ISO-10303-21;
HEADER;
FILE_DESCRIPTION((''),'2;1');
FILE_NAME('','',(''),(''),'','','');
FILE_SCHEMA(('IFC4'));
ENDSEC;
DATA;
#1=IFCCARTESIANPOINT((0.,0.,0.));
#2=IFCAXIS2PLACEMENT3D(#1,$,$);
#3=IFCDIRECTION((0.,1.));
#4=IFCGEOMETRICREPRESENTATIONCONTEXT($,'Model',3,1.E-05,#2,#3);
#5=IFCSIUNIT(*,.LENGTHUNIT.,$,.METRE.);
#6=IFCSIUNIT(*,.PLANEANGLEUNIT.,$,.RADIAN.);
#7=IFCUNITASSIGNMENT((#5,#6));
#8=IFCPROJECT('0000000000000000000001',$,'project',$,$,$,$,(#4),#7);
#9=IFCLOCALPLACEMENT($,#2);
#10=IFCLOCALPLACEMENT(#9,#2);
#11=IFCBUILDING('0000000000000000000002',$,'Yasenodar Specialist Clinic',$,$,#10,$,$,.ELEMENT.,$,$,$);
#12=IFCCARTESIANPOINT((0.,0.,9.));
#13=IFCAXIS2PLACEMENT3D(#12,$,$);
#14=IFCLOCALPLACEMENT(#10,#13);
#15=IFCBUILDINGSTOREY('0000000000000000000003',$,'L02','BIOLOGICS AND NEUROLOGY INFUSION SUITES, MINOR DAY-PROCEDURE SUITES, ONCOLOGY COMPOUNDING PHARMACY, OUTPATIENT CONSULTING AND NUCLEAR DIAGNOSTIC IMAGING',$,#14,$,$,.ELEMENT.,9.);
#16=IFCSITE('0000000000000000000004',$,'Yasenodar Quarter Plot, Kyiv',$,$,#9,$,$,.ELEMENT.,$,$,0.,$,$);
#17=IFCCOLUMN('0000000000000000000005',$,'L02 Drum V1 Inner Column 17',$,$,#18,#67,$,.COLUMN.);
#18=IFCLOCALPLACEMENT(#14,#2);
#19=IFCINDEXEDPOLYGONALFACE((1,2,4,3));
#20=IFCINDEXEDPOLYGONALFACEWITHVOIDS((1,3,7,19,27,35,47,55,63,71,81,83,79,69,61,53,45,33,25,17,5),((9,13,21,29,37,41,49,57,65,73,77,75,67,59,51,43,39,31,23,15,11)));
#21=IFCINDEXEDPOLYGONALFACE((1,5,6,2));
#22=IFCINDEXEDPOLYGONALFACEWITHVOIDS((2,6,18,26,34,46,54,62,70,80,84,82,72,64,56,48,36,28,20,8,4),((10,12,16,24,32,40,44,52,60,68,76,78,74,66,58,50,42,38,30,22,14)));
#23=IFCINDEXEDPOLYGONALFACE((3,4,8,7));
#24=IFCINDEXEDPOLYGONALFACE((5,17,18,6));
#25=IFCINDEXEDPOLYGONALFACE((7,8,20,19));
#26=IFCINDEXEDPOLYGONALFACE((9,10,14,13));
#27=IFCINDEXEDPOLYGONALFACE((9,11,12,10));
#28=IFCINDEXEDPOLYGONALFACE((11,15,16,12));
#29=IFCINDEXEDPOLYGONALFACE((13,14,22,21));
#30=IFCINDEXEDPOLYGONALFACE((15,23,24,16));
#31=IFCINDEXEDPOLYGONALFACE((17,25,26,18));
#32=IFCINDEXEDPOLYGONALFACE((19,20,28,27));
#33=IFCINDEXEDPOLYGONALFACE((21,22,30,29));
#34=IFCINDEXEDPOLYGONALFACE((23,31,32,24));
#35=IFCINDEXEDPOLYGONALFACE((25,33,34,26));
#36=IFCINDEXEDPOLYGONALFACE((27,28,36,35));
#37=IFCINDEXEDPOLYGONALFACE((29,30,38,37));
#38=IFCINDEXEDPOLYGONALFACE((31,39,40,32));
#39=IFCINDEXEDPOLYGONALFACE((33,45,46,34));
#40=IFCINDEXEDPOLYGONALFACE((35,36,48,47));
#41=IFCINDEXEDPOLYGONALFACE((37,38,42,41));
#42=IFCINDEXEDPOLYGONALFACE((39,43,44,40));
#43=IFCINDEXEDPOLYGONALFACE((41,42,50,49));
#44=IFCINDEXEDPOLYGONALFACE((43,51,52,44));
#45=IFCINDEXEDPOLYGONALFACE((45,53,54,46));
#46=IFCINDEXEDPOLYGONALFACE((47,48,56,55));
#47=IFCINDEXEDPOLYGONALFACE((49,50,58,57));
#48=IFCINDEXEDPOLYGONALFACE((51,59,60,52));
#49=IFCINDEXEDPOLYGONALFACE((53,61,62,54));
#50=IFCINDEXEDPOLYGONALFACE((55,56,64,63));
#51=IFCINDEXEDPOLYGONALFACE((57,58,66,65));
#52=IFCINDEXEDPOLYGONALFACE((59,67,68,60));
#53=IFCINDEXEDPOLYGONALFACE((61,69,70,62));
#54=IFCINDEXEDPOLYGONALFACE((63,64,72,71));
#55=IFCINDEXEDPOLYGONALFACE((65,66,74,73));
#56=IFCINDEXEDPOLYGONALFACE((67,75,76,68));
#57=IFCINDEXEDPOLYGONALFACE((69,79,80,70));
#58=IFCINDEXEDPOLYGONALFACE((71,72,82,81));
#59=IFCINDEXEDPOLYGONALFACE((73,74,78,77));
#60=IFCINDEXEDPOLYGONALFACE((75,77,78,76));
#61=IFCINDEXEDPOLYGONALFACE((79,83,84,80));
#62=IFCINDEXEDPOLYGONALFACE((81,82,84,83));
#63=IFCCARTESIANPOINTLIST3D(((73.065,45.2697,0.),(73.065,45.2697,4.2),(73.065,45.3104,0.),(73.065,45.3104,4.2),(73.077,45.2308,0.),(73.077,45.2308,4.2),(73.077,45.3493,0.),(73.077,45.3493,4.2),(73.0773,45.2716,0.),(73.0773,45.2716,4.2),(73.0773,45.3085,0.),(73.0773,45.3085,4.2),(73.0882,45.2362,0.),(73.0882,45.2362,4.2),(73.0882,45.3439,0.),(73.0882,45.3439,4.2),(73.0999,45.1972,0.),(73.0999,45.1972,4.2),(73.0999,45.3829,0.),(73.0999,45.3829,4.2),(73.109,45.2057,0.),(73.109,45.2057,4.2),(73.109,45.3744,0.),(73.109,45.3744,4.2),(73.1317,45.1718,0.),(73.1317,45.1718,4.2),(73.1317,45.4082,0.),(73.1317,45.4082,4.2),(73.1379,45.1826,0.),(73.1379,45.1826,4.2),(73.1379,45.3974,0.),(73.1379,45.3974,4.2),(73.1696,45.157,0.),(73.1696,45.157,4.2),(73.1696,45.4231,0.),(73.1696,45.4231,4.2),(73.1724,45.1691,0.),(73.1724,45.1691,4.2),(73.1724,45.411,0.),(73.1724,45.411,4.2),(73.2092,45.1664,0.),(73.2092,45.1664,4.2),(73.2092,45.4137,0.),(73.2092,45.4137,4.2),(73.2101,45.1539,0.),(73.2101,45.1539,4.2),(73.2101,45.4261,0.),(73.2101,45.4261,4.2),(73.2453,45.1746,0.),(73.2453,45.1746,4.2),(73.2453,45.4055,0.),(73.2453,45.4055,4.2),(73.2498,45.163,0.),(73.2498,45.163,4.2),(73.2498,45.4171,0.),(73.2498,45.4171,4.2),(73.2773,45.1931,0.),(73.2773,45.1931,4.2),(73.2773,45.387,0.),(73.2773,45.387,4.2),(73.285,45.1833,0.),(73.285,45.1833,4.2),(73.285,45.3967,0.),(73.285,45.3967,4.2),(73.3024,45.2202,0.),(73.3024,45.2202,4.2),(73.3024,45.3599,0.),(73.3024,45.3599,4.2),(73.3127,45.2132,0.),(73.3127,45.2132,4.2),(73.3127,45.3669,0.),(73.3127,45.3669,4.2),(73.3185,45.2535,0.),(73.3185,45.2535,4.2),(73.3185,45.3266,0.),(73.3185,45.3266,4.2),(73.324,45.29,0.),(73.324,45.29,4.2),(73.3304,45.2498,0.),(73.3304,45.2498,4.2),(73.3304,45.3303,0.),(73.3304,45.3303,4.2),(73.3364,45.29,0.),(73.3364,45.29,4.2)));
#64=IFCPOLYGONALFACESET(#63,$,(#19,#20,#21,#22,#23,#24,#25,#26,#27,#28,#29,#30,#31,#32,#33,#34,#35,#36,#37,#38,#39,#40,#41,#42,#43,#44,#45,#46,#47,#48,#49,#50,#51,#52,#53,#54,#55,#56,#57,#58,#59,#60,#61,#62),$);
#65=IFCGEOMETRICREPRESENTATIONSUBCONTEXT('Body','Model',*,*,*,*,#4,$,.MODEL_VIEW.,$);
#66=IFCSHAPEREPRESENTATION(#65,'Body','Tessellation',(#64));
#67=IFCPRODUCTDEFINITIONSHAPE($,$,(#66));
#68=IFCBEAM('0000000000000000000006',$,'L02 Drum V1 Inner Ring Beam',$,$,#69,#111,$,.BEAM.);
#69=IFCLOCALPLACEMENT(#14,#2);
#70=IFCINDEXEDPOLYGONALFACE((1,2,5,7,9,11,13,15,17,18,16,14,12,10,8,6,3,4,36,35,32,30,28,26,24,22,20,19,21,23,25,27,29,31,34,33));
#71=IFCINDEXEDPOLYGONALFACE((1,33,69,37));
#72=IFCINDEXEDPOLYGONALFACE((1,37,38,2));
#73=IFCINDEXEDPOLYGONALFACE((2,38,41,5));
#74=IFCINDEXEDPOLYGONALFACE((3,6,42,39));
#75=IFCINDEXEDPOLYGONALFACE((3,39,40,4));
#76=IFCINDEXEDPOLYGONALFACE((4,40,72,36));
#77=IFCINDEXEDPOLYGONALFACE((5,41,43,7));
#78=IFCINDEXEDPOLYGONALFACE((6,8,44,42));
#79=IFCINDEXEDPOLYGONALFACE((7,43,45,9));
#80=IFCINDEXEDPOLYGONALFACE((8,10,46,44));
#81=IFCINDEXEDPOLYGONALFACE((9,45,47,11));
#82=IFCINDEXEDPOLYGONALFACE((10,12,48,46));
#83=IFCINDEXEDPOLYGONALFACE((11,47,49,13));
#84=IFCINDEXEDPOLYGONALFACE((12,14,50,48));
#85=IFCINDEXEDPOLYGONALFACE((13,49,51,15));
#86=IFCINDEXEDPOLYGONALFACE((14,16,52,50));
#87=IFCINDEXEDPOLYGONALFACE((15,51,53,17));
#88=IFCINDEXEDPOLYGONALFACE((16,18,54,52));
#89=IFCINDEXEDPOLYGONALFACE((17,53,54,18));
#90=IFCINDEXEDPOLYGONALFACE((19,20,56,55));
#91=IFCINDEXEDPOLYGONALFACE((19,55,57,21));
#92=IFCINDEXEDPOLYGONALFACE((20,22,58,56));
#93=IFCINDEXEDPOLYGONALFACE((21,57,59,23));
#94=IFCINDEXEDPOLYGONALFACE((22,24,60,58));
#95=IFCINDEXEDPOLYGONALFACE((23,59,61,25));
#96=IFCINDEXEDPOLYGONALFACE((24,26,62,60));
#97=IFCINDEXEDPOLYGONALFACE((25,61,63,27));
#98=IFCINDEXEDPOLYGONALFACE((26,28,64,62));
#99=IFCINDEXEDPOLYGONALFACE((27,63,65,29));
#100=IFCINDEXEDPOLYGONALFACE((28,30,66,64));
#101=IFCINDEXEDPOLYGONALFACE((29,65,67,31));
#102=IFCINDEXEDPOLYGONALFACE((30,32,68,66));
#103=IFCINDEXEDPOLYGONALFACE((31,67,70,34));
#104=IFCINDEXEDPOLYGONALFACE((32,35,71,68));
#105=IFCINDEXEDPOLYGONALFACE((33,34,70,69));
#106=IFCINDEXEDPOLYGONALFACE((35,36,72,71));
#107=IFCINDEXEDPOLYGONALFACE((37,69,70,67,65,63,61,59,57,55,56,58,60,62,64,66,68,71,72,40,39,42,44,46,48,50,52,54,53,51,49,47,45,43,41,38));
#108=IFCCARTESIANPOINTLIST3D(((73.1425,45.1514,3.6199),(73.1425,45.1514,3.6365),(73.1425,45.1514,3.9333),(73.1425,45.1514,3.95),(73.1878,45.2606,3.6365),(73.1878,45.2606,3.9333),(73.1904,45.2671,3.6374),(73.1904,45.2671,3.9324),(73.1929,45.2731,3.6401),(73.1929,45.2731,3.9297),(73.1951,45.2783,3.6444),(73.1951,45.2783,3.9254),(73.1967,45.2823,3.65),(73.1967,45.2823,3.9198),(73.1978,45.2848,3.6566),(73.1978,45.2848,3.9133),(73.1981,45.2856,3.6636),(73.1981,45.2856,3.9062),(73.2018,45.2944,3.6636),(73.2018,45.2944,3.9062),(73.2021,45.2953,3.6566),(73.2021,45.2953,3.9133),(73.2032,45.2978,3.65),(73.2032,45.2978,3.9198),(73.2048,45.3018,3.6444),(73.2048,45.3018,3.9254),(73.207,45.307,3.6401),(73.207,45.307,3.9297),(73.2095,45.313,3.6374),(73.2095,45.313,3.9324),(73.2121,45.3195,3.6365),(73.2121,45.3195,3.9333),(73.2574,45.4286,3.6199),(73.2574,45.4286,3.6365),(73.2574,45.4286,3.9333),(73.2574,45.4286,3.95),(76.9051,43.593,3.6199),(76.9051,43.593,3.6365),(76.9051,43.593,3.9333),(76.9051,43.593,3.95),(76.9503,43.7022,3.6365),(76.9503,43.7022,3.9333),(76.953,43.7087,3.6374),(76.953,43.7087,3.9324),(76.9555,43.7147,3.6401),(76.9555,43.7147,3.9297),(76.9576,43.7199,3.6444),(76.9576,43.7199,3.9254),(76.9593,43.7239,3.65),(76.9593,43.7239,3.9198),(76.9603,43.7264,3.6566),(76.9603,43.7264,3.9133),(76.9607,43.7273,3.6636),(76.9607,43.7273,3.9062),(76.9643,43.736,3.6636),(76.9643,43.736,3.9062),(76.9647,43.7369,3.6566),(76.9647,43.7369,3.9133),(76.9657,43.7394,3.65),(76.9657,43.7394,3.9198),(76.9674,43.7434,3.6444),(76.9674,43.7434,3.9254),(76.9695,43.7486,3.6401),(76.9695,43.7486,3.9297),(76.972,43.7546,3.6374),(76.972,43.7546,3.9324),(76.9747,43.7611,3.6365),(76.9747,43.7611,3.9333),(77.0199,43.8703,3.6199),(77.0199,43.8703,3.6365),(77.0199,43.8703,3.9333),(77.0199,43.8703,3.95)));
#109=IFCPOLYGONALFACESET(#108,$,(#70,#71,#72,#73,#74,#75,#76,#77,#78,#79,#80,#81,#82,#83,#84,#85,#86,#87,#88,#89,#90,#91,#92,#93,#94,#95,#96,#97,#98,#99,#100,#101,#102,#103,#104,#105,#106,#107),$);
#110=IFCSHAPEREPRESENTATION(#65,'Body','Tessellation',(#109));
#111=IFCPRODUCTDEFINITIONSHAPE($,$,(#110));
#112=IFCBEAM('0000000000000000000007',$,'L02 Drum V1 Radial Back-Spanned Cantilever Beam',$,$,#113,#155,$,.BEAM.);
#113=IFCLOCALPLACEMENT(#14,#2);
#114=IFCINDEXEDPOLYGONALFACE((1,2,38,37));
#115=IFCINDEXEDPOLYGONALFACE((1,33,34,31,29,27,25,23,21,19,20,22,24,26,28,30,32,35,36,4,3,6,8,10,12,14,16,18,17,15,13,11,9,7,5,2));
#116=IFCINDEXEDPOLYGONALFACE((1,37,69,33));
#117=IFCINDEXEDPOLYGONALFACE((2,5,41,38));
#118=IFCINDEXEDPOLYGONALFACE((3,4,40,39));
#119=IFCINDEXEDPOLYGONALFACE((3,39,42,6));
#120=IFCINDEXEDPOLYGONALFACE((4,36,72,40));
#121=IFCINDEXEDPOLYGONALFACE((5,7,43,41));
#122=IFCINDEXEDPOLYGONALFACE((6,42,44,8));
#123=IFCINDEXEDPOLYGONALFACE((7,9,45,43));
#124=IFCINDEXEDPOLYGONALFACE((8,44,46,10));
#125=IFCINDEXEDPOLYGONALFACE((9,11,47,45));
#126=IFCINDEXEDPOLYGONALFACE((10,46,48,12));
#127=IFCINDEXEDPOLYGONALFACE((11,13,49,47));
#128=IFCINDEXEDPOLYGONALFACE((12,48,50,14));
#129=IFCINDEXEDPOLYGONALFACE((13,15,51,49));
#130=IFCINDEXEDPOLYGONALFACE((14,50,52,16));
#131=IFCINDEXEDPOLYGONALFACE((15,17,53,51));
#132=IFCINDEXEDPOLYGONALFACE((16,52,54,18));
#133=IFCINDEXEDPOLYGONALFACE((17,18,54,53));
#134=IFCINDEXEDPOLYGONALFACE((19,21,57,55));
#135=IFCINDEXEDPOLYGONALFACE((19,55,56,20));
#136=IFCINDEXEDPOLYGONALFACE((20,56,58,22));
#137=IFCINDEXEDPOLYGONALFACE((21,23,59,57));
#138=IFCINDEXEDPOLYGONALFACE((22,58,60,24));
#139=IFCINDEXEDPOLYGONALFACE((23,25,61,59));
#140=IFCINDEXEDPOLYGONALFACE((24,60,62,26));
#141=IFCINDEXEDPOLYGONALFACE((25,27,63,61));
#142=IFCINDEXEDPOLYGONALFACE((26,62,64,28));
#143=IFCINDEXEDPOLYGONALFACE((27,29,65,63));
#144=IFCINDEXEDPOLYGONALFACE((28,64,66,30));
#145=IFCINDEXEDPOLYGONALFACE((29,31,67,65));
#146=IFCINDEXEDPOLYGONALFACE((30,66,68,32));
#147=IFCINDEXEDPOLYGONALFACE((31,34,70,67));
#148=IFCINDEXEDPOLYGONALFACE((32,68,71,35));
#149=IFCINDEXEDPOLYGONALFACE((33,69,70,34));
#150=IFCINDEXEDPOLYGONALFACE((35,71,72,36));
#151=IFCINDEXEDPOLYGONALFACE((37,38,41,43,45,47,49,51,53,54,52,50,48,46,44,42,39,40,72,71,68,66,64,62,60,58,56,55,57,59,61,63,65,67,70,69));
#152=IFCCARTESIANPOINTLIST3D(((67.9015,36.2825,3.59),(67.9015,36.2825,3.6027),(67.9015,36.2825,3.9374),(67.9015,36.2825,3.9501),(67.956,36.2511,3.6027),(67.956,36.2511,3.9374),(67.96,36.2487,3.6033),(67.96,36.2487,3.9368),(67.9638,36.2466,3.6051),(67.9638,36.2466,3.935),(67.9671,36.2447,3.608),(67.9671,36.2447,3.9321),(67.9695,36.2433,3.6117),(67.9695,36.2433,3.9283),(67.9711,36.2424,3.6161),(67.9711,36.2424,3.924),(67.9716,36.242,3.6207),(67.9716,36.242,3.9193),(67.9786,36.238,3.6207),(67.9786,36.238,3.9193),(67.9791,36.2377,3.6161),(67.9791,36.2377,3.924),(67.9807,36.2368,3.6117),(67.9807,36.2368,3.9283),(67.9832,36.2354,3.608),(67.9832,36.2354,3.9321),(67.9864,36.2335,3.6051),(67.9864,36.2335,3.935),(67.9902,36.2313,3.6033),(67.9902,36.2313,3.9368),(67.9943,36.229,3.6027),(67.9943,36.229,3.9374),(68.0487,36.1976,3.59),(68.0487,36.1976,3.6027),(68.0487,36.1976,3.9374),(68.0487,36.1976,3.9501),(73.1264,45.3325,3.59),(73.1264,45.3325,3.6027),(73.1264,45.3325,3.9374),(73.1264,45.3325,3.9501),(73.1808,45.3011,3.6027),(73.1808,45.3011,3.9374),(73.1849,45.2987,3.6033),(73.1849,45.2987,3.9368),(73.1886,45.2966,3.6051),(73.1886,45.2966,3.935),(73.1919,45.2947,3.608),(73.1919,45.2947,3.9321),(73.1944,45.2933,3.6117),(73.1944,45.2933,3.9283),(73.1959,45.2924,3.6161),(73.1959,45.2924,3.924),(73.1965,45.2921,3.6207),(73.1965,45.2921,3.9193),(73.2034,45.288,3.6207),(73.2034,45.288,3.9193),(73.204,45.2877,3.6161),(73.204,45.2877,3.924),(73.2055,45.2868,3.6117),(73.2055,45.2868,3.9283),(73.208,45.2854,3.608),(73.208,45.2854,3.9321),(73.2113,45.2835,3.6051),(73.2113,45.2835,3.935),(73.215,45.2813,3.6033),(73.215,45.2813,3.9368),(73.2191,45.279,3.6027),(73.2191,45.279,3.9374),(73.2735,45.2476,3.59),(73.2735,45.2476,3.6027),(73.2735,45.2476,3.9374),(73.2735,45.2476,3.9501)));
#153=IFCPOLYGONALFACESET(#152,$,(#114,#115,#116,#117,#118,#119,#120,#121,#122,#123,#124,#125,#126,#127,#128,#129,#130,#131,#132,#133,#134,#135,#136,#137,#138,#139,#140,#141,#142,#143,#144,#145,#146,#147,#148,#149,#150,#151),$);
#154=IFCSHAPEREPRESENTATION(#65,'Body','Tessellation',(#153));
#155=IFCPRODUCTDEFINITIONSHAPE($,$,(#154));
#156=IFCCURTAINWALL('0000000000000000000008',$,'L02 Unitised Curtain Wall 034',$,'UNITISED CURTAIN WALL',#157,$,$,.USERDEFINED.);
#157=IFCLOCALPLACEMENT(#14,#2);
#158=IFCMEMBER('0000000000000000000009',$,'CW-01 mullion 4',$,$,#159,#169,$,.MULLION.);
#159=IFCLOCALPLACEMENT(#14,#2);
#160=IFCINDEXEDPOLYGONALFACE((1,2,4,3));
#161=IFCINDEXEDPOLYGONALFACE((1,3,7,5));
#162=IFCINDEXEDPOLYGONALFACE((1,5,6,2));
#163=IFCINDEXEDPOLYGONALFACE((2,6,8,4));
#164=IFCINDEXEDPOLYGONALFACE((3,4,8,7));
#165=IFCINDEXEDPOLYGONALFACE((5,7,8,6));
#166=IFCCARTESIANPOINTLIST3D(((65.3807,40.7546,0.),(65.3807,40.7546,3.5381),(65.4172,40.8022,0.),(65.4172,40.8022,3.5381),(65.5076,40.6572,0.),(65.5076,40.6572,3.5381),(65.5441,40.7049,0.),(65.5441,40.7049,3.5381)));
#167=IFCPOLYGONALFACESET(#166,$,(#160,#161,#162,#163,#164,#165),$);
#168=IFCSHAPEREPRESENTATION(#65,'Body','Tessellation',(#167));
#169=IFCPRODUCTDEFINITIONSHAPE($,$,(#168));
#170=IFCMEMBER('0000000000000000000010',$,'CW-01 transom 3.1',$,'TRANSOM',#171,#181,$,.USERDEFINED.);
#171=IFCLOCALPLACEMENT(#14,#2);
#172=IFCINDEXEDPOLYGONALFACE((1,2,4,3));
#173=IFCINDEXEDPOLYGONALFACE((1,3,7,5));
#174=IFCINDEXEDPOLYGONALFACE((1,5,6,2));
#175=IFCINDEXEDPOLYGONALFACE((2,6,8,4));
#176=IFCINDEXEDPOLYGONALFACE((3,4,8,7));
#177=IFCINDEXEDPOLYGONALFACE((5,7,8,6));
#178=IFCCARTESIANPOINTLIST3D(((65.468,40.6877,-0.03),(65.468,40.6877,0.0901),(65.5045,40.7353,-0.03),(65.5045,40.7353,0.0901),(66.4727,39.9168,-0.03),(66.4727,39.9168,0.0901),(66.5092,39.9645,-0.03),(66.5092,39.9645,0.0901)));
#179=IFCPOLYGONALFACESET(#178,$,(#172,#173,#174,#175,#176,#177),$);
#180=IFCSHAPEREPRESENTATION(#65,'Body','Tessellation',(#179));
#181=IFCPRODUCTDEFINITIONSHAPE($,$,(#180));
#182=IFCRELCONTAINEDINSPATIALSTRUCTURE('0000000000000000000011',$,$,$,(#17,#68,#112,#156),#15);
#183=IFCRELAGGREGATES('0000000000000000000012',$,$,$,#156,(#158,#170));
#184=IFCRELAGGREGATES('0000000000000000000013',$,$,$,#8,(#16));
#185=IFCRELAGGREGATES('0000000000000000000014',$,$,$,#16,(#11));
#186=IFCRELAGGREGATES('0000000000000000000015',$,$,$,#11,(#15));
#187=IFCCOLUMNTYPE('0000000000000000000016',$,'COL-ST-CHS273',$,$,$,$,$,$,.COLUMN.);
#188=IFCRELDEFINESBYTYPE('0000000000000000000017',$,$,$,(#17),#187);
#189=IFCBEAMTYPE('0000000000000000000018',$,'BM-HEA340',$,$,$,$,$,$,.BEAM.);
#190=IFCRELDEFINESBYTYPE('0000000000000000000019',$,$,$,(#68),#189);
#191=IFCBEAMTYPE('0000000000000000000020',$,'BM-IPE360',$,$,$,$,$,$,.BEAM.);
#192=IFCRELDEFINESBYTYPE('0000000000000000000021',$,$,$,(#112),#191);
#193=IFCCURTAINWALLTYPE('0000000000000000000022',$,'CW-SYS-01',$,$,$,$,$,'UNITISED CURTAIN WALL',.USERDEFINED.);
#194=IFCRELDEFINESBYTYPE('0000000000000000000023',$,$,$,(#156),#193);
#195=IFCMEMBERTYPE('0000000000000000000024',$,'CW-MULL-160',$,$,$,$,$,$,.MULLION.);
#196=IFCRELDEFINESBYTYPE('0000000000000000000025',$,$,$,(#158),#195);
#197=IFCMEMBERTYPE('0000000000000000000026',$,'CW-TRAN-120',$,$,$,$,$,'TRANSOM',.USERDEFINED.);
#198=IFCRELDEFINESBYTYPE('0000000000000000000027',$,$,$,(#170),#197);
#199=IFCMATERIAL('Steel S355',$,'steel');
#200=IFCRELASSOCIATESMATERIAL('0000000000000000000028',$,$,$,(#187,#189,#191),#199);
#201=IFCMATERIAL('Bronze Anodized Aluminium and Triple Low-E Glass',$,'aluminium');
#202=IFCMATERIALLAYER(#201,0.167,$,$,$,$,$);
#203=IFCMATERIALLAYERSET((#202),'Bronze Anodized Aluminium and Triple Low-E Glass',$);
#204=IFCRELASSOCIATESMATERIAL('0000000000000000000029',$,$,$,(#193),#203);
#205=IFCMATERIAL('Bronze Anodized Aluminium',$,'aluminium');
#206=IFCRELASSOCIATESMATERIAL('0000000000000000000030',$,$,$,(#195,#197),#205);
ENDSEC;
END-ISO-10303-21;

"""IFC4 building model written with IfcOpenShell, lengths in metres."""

from ifc_helpers import new_model, si_unit, direction, frame, origin, origin_2d, place, context, subcontext, project, spatial, rectangle, hollow_circle, i_section, extrude, material, layer, layer_set, material_profile, profile_set, type_object, element, aggregate, save


model = new_model("IFC4")

# Units and contexts
model_context = context("Model", 3, precision=1e-05, world=origin(), true_north=direction((0.0, 1.0)))
body_context = subcontext(model_context, "Body", "Model", "MODEL_VIEW")
ifc_project = project(units=[si_unit("LENGTHUNIT", "METRE"), si_unit("PLANEANGLEUNIT", "RADIAN")], contexts=[model_context])

# Site, building, storey
site_placement = place(None, origin())
site = spatial("IfcSite", under=ifc_project, at=site_placement, Name="Yasenodar Quarter Plot, Kyiv", CompositionType="ELEMENT", RefElevation=0.0)
building_placement = place(site_placement, origin())
building = spatial("IfcBuilding", under=site, at=building_placement, Name="Yasenodar Specialist Clinic", CompositionType="ELEMENT")
storey_placement = place(building_placement, frame((0.0, 0.0, 9.0)))
storey = spatial("IfcBuildingStorey", under=building, at=storey_placement, Name="L02", Description="BIOLOGICS AND NEUROLOGY INFUSION SUITES, MINOR DAY-PROCEDURE SUITES, ONCOLOGY COMPOUNDING PHARMACY, OUTPATIENT CONSULTING AND NUCLEAR DIAGNOSTIC IMAGING", CompositionType="ELEMENT", Elevation=9.0)

# Column
ifc_material_1 = material(Name="Steel S355", Category="steel")
ifc_material_profile_1 = material_profile(ifc_material_1, hollow_circle(Radius=0.1365, WallThickness=0.0125, at=origin_2d()), Name="CHS 273x12.5")
ifc_profile_set_1 = profile_set([ifc_material_profile_1], Name="Steel S355")
column_type = type_object("IfcColumnType", Name="COL-ST-CHS273", PredefinedType="COLUMN", material=ifc_profile_set_1)
column_placement = place(storey_placement, frame((73.2, 45.29, 0.0), z_axis=(0.0, 0.0, 1.0), x_axis=(1.0, 0.0, 0.0)))
element("IfcColumn", 1, at=column_placement, inside=storey, type_object=column_type, Name="L02 Drum V1 Inner Column 17", PredefinedType="COLUMN", context=body_context, shape_type="SweptSolid", body=[
    extrude(hollow_circle(Radius=0.1365, WallThickness=0.0125, at=origin_2d()), origin(), (0.0, 0.0, 1.0), 4.2),
])

# Beams
ifc_material_profile_2 = material_profile(ifc_material_1, i_section(OverallWidth=0.3, OverallDepth=0.3301, WebThickness=0.0095, FlangeThickness=0.0166, FilletRadius=0.0271, at=origin_2d()), Name="HEA 340")
ifc_profile_set_2 = profile_set([ifc_material_profile_2], Name="Steel S355")
beam_type_1 = type_object("IfcBeamType", Name="BM-HEA340", PredefinedType="BEAM", material=ifc_profile_set_2)
beam_1_placement = place(storey_placement, frame((73.2, 45.29, 3.7849), z_axis=(0.923889, -0.382661, 0.0), x_axis=(0.382661, 0.923889, 0.0)))
element("IfcBeam", 2, at=beam_1_placement, inside=storey, type_object=beam_type_1, Name="L02 Drum V1 Inner Ring Beam", PredefinedType="BEAM", context=body_context, shape_type="SweptSolid", body=[
    extrude(i_section(OverallWidth=0.3, OverallDepth=0.3301, WebThickness=0.0095, FlangeThickness=0.0166, FilletRadius=0.0271, at=origin_2d()), origin(), (0.0, 0.0, 1.0), 4.0725),
])
ifc_material_profile_3 = material_profile(ifc_material_1, i_section(OverallWidth=0.1699, OverallDepth=0.3601, WebThickness=0.0081, FlangeThickness=0.0127, FilletRadius=0.0181, at=origin_2d()), Name="IPE 360")
ifc_profile_set_3 = profile_set([ifc_material_profile_3], Name="Steel S355")
beam_type_2 = type_object("IfcBeamType", Name="BM-IPE360", PredefinedType="BEAM", material=ifc_profile_set_3)
beam_2_placement = place(storey_placement, frame((73.2, 45.29, 3.77), z_axis=(-0.499986, -0.866033, 0.0), x_axis=(0.866033, -0.499986, 0.0)))
element("IfcBeam", 3, at=beam_2_placement, inside=storey, type_object=beam_type_2, Name="L02 Drum V1 Radial Back-Spanned Cantilever Beam", PredefinedType="BEAM", context=body_context, shape_type="SweptSolid", body=[
    extrude(i_section(OverallWidth=0.1699, OverallDepth=0.3601, WebThickness=0.0081, FlangeThickness=0.0127, FilletRadius=0.0181, at=origin_2d()), origin(), (0.0, 0.0, 1.0), 10.45),
])

# Curtain wall, members
ifc_material_2 = material(Name="Bronze Anodized Aluminium and Triple Low-E Glass", Category="aluminium")
ifc_layer_1 = layer(ifc_material_2, 0.167)
ifc_layer_set_1 = layer_set([ifc_layer_1], Name="Bronze Anodized Aluminium and Triple Low-E Glass")
curtain_wall_type = type_object("IfcCurtainWallType", Name="CW-SYS-01", ElementType="UNITISED CURTAIN WALL", PredefinedType="USERDEFINED", material=ifc_layer_set_1)
curtain_wall_placement = place(storey_placement, origin())
curtain_wall = element("IfcCurtainWall", 4, at=curtain_wall_placement, inside=storey, type_object=curtain_wall_type, Name="L02 Unitised Curtain Wall 034", ObjectType="UNITISED CURTAIN WALL", PredefinedType="USERDEFINED")
ifc_material_3 = material(Name="Bronze Anodized Aluminium", Category="aluminium")
ifc_material_profile_4 = material_profile(ifc_material_3, rectangle(XDim=0.0601, YDim=0.1599, at=origin_2d()), Name="CW-MULL 60x160")
ifc_profile_set_4 = profile_set([ifc_material_profile_4], Name="Bronze Anodized Aluminium")
member_type_1 = type_object("IfcMemberType", Name="CW-MULL-160", PredefinedType="MULLION", material=ifc_profile_set_4)
member_1_placement = place(storey_placement, frame((65.4624, 40.7297, 0.0), z_axis=(0.0, 0.0, 1.0), x_axis=(-0.608752, -0.793361, 0.0)))
member_1 = element("IfcMember", 5, at=member_1_placement, type_object=member_type_1, Name="CW-01 mullion 4", PredefinedType="MULLION", context=body_context, shape_type="SweptSolid", body=[
    extrude(rectangle(XDim=0.0601, YDim=0.1599, at=origin_2d()), origin(), (0.0, 0.0, 1.0), 3.5381),
])
ifc_material_profile_5 = material_profile(ifc_material_3, rectangle(XDim=0.0601, YDim=0.1201, at=origin_2d()), Name="CW-TRAN 60x120")
ifc_profile_set_5 = profile_set([ifc_material_profile_5], Name="Bronze Anodized Aluminium")
member_type_2 = type_object("IfcMemberType", Name="CW-TRAN-120", ElementType="TRANSOM", PredefinedType="USERDEFINED", material=ifc_profile_set_5)
member_2_placement = place(storey_placement, frame((66.491, 39.9407, 0.03), z_axis=(-0.793405, 0.608695, 0.0), x_axis=(-0.608695, -0.793405, 0.0)))
member_2 = element("IfcMember", 6, at=member_2_placement, type_object=member_type_2, Name="CW-01 transom 3.1", ObjectType="TRANSOM", PredefinedType="USERDEFINED", context=body_context, shape_type="SweptSolid", body=[
    extrude(rectangle(XDim=0.0601, YDim=0.1201, at=origin_2d()), origin(), (0.0, 0.0, 1.0), 1.2664),
])
aggregate(curtain_wall, [member_1, member_2])

save(model, "model.ifc")
